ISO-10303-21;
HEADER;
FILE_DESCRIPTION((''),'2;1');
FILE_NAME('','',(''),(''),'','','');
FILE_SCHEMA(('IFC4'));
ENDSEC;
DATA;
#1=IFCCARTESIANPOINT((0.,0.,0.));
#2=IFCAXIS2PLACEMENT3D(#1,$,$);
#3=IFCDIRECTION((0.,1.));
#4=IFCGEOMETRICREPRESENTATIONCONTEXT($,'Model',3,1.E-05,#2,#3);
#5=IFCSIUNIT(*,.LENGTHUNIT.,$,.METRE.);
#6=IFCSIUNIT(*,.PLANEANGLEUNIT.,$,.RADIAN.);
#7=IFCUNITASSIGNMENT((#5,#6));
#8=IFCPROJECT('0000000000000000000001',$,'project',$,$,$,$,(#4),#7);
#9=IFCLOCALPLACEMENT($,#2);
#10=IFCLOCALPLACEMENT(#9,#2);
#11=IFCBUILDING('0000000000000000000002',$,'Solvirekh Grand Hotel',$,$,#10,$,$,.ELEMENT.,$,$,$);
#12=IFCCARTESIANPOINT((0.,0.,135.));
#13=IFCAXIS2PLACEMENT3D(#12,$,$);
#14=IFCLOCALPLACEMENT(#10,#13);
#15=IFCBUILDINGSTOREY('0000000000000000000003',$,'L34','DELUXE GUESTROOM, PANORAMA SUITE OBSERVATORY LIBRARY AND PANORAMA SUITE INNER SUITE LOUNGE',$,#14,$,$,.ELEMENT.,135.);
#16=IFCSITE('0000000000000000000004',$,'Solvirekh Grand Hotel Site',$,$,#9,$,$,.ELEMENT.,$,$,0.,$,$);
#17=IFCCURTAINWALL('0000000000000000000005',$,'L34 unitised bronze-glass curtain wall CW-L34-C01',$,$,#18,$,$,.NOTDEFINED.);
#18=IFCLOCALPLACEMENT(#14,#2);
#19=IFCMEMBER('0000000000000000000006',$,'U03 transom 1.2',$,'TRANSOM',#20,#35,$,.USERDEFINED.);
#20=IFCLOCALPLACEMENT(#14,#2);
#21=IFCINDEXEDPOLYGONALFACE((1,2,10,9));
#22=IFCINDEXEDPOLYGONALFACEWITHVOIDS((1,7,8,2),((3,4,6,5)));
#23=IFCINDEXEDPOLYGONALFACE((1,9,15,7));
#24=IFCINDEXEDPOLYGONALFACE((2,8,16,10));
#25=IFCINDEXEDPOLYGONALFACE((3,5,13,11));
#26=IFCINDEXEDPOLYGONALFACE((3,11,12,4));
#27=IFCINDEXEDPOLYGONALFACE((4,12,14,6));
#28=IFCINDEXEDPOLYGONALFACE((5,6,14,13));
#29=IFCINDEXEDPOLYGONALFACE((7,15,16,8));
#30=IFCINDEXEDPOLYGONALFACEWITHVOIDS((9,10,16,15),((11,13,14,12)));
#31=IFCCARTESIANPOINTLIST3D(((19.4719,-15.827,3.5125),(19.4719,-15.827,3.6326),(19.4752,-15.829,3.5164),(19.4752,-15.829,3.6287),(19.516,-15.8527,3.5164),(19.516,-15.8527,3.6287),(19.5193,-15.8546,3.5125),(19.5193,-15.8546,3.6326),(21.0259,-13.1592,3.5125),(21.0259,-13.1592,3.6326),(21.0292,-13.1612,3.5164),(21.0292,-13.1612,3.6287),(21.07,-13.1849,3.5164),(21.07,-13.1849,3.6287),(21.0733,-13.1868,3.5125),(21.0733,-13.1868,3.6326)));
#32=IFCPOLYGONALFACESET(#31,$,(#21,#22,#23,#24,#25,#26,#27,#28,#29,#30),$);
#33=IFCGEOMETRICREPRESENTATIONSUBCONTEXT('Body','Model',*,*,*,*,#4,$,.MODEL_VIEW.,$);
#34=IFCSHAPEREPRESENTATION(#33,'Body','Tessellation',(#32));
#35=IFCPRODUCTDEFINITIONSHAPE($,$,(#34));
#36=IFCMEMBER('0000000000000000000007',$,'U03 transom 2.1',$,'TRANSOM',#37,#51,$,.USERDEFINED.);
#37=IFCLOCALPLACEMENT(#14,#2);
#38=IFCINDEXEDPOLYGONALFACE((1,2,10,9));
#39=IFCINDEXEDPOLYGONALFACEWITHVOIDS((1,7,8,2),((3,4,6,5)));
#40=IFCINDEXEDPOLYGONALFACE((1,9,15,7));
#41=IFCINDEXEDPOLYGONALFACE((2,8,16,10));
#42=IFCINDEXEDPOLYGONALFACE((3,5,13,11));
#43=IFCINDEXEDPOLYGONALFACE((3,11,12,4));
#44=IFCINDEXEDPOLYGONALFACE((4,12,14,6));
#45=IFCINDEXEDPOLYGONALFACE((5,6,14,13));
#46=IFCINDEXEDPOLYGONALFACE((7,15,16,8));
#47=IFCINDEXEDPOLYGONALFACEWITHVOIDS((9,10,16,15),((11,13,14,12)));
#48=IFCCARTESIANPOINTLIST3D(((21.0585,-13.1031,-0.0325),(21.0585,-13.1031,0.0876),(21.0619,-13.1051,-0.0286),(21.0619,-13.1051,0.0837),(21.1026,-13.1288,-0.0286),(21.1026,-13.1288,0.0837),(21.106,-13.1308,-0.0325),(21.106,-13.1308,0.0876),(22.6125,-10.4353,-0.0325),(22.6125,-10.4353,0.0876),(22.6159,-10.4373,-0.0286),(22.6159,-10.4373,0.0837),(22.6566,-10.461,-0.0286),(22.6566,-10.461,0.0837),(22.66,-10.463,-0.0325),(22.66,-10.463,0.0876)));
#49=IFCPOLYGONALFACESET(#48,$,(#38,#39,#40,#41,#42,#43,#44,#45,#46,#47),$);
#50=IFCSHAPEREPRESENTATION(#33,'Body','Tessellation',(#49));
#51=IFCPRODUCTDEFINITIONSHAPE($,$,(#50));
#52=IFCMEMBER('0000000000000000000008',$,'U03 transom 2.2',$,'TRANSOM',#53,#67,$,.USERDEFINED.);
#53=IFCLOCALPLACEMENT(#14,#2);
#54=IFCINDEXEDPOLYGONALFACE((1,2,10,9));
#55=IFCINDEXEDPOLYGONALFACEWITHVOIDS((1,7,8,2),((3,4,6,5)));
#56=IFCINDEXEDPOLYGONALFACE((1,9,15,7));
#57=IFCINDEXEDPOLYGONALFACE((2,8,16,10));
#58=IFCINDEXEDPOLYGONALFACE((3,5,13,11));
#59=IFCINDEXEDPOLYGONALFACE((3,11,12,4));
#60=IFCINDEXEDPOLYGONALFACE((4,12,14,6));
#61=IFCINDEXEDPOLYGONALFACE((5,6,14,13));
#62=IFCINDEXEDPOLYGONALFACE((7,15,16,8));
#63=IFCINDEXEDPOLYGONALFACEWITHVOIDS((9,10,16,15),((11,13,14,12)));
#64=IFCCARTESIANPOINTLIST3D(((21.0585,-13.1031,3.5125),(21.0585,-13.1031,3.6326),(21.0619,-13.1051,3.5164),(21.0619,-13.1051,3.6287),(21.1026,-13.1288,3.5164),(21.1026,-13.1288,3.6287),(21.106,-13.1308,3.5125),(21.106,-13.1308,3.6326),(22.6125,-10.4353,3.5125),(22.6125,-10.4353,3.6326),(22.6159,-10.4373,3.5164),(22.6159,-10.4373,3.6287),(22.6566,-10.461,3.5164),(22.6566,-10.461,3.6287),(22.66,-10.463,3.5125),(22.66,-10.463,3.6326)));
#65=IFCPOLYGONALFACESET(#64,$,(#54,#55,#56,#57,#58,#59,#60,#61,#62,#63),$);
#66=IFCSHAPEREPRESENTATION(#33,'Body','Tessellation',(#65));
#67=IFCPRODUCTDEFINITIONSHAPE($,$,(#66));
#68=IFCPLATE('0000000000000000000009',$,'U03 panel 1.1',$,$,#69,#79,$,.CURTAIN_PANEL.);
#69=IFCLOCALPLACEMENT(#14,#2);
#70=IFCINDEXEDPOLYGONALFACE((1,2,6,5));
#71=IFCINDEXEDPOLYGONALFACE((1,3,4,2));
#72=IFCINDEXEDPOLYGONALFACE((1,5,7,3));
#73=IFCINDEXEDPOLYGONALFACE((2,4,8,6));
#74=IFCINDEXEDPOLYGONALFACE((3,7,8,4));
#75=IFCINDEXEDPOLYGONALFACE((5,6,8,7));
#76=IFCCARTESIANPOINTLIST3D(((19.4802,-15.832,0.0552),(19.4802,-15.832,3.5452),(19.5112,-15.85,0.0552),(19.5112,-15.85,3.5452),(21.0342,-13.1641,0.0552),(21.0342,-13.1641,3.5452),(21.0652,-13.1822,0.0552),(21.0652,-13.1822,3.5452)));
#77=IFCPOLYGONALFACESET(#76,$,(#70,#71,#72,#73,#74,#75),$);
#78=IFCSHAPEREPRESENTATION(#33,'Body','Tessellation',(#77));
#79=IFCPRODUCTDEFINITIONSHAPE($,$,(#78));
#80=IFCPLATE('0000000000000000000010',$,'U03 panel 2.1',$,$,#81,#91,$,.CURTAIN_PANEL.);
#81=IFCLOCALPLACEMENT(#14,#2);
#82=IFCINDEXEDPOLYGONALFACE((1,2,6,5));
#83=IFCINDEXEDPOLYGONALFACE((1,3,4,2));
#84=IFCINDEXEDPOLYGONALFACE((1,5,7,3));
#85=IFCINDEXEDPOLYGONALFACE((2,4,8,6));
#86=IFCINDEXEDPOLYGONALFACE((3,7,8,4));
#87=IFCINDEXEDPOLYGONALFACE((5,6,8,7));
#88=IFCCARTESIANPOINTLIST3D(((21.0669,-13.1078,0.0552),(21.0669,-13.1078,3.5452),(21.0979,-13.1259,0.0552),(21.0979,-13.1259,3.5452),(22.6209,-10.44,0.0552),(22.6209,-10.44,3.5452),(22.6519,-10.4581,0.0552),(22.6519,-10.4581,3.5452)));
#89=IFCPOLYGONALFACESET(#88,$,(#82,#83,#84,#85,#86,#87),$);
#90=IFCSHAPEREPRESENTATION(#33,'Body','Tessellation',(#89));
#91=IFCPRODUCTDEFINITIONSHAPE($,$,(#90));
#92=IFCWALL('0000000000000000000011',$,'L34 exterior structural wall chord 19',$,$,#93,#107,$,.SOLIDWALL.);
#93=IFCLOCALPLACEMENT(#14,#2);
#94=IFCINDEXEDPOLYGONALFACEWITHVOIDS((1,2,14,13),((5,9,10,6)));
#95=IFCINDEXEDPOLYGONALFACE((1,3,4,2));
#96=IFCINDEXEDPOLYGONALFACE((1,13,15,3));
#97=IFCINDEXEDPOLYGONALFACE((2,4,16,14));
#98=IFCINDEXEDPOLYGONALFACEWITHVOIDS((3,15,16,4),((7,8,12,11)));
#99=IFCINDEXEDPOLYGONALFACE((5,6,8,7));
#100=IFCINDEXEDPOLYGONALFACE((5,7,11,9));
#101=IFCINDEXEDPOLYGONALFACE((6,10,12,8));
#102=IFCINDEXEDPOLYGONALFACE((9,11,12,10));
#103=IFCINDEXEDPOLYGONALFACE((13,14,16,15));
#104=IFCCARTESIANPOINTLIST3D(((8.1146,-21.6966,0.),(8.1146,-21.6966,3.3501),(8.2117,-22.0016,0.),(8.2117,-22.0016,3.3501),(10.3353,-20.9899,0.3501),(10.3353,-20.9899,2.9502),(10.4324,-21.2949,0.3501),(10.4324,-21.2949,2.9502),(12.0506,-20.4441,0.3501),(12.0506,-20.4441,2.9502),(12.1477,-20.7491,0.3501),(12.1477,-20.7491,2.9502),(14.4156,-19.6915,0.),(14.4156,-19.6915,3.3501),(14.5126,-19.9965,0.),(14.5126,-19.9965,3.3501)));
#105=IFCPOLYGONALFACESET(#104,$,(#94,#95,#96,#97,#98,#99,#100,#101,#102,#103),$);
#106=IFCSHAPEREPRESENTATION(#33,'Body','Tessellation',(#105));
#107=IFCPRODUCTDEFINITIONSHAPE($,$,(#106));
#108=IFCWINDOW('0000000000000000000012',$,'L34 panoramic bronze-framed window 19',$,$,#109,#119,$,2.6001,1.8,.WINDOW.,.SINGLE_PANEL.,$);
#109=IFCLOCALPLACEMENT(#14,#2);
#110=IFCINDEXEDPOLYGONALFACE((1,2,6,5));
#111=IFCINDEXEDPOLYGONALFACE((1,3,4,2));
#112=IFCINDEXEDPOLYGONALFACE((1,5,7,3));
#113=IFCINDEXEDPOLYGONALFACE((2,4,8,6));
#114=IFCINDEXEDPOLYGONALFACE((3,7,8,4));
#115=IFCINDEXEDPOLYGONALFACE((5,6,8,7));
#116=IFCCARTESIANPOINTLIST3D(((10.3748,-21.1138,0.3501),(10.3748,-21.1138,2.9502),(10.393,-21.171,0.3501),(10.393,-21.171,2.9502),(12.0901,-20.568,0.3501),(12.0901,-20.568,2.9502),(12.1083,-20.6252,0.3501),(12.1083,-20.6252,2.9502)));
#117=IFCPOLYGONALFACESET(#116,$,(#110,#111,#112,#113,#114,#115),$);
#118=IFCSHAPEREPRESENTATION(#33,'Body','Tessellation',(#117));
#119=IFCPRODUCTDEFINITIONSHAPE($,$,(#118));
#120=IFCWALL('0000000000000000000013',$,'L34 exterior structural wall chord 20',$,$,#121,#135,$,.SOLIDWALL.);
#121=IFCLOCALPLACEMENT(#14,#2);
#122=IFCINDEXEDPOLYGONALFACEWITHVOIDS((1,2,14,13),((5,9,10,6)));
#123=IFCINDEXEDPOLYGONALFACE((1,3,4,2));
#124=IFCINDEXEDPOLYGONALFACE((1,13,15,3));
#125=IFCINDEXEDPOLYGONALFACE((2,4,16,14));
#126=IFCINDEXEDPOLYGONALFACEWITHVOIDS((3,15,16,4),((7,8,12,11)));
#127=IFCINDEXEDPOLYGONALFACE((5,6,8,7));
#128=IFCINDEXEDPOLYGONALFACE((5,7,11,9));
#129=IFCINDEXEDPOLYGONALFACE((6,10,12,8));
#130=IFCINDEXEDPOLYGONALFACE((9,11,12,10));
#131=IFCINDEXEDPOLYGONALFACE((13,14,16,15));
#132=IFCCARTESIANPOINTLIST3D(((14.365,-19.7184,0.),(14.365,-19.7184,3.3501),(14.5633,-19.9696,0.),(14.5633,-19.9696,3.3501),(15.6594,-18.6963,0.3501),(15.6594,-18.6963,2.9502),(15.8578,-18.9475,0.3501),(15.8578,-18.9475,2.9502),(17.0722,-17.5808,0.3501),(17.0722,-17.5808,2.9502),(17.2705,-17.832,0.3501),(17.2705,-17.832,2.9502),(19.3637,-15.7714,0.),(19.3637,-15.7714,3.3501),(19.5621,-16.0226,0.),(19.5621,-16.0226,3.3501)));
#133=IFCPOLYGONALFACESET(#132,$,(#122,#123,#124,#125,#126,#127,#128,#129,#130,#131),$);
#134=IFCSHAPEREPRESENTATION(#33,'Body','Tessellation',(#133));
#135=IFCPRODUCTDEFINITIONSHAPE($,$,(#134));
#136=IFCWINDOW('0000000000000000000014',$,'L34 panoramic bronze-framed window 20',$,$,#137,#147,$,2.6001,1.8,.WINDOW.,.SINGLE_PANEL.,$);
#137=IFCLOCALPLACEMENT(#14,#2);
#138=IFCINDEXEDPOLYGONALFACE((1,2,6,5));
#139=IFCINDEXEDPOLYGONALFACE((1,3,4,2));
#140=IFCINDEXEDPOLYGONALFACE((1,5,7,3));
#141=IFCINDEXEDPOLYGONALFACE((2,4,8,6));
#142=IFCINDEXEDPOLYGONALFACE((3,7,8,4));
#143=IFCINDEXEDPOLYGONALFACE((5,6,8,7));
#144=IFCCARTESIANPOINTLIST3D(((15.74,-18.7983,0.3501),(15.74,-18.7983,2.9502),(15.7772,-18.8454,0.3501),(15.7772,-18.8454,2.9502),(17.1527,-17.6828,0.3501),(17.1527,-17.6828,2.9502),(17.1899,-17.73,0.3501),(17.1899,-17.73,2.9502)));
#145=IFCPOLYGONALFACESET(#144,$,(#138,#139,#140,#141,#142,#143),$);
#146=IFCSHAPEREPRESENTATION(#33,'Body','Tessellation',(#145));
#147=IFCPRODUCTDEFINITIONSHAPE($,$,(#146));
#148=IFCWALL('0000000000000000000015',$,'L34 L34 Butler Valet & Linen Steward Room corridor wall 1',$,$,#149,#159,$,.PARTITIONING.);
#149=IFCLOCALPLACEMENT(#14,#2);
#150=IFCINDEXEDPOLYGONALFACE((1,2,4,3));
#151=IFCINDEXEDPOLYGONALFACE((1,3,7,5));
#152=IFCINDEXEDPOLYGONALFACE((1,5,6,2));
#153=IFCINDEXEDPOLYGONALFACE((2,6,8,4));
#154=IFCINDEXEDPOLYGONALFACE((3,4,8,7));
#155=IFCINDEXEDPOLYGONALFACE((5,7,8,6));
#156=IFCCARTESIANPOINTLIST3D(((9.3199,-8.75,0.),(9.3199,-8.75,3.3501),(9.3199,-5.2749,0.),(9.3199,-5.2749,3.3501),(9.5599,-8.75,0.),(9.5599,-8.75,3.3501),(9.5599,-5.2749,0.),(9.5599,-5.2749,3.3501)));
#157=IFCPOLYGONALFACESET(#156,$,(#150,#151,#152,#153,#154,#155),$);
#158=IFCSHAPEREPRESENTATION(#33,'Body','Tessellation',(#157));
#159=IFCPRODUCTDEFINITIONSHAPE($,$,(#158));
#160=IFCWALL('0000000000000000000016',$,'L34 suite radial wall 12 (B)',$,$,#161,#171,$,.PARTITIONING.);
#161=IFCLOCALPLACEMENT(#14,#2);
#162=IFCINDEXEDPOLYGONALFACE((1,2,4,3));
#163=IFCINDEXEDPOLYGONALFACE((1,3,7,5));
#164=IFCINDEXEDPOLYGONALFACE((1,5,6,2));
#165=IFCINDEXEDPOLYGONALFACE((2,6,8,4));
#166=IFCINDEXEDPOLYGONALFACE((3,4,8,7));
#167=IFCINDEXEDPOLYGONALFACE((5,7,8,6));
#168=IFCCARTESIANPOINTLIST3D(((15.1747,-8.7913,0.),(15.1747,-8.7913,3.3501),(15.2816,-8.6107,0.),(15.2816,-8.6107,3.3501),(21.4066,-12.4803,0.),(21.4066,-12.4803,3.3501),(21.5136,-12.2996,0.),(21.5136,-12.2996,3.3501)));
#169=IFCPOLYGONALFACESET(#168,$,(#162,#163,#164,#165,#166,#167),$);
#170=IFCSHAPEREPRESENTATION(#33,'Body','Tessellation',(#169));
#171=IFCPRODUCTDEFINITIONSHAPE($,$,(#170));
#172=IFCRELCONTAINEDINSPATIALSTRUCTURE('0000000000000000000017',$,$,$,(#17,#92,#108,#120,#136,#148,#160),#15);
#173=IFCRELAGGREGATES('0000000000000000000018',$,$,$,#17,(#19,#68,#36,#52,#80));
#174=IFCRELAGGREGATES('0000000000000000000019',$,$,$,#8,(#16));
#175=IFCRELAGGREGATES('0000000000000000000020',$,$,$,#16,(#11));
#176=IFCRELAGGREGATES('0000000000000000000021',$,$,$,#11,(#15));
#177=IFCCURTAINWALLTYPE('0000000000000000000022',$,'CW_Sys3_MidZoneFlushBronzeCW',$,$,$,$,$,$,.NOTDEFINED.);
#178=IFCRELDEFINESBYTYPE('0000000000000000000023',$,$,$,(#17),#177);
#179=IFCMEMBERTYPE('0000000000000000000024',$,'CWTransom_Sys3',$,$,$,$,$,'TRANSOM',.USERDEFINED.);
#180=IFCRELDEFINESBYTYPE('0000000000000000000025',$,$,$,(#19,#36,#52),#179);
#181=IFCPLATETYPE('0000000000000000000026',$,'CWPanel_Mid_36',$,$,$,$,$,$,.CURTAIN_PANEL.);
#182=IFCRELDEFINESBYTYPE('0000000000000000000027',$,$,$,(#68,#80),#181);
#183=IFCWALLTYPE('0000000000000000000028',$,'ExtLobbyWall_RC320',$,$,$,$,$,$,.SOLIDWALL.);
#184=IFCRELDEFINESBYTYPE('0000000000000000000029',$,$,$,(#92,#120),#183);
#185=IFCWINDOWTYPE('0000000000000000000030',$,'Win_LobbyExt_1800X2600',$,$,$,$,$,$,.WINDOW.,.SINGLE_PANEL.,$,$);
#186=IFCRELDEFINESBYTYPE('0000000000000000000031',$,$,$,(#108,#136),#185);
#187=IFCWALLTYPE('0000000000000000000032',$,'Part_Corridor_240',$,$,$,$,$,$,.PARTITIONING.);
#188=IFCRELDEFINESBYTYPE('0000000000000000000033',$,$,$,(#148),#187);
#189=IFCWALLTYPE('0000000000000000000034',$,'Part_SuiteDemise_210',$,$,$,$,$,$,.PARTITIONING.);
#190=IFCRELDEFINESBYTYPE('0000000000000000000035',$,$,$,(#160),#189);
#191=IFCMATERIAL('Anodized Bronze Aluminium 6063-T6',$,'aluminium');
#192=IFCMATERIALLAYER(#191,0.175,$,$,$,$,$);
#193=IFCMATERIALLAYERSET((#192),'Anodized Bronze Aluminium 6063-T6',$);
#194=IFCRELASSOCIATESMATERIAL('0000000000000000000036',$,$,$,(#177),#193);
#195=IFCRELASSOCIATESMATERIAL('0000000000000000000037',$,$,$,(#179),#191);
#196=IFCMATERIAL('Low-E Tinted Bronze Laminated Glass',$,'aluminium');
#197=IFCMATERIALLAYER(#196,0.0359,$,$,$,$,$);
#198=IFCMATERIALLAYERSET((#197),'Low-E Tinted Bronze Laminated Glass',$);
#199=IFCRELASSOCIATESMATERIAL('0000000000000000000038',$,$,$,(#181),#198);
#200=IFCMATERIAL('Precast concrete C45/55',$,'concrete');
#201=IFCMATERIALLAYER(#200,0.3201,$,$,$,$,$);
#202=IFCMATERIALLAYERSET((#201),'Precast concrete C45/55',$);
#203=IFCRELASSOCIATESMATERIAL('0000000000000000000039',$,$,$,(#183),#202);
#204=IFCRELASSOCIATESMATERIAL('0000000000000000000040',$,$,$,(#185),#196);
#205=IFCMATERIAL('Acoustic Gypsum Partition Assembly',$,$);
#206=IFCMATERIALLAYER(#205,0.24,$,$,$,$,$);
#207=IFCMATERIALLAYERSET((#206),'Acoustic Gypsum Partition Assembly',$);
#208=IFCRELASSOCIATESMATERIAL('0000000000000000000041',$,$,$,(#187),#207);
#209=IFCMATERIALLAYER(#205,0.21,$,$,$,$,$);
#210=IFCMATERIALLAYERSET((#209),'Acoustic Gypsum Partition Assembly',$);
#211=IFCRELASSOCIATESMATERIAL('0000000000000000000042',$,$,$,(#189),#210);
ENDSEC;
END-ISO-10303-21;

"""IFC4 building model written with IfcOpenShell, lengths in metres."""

from ifc_helpers import new_model, si_unit, direction, frame, frame_2d, origin, origin_2d, place, context, subcontext, project, spatial, rectangle, hollow_rectangle, extrude, source, transform, mapped, material, layer, layer_set, material_profile, profile_set, type_object, element, fill, aggregate, save


model = new_model("IFC4")

# Units and contexts
model_context = context("Model", 3, precision=1e-05, world=origin(), true_north=direction((0.0, 1.0)))
body_context = subcontext(model_context, "Body", "Model", "MODEL_VIEW")
ifc_project = project(units=[si_unit("LENGTHUNIT", "METRE"), si_unit("PLANEANGLEUNIT", "RADIAN")], contexts=[model_context])

# Site, building, storey
site_placement = place(None, origin())
site = spatial("IfcSite", under=ifc_project, at=site_placement, Name="Solvirekh Grand Hotel Site", CompositionType="ELEMENT", RefElevation=0.0)
building_placement = place(site_placement, origin())
building = spatial("IfcBuilding", under=site, at=building_placement, Name="Solvirekh Grand Hotel", CompositionType="ELEMENT")
storey_placement = place(building_placement, frame((0.0, 0.0, 135.0)))
storey = spatial("IfcBuildingStorey", under=building, at=storey_placement, Name="L34", Description="DELUXE GUESTROOM, PANORAMA SUITE OBSERVATORY LIBRARY AND PANORAMA SUITE INNER SUITE LOUNGE", CompositionType="ELEMENT", Elevation=135.0)

# Curtain wall
ifc_material_1 = material(Name="Anodized Bronze Aluminium 6063-T6", Category="aluminium")
ifc_layer_1 = layer(ifc_material_1, 0.175)
ifc_layer_set_1 = layer_set([ifc_layer_1], Name="Anodized Bronze Aluminium 6063-T6")
curtain_wall_type = type_object("IfcCurtainWallType", Name="CW_Sys3_MidZoneFlushBronzeCW", PredefinedType="NOTDEFINED", material=ifc_layer_set_1)
curtain_wall_1_placement = place(storey_placement, origin())
curtain_wall_1 = element("IfcCurtainWall", 1, at=curtain_wall_1_placement, inside=storey, type_object=curtain_wall_type, Name="L34 unitised bronze-glass curtain wall CW-L34-C01", PredefinedType="NOTDEFINED")

# Members
ifc_material_profile_1 = material_profile(ifc_material_1, hollow_rectangle(XDim=0.0549, YDim=0.1201, WallThickness=0.0039, at=origin_2d()), Name="ALU RHS 120X55X4")
ifc_profile_set_1 = profile_set([ifc_material_profile_1], Name="Anodized Bronze Aluminium 6063-T6")
member_type_1 = type_object("IfcMemberType", Name="CWTransom_Sys3", ElementType="TRANSOM", PredefinedType="USERDEFINED", material=ifc_profile_set_1)
shared_shape_1 = source(origin(), body_context, "Body", "SweptSolid", [
    extrude(hollow_rectangle(XDim=0.0549, YDim=0.1201, WallThickness=0.0039, at=origin_2d()), origin(), (0.0, 0.0, 1.0), 3.0874),
])
member_1_placement = place(storey_placement, frame((19.4956, -15.8408, 3.5725), z_axis=(0.503335, 0.864091, 0.0), x_axis=(-0.864091, 0.503335, 0.0)))
member_1 = element("IfcMember", 2, at=member_1_placement, type_object=member_type_1, Name="U03 transom 1.2", ObjectType="TRANSOM", PredefinedType="USERDEFINED", context=body_context, shape_type="MappedRepresentation", body=[
    mapped(shared_shape_1, transform((0.0, 0.0, 0.0), x_axis=(1.0, 0.0, 0.0), y_axis=(0.0, 1.0, 0.0), z_axis=(0.0, 0.0, 1.0), scale=1.0)),
])
member_2_placement = place(storey_placement, frame((21.0823, -13.1169, 0.0276), z_axis=(0.503335, 0.864091, 0.0), x_axis=(-0.864091, 0.503335, 0.0)))
member_2 = element("IfcMember", 3, at=member_2_placement, type_object=member_type_1, Name="U03 transom 2.1", ObjectType="TRANSOM", PredefinedType="USERDEFINED", context=body_context, shape_type="MappedRepresentation", body=[
    mapped(shared_shape_1, transform((0.0, 0.0, 0.0), x_axis=(1.0, 0.0, 0.0), y_axis=(0.0, 1.0, 0.0), z_axis=(0.0, 0.0, 1.0), scale=1.0)),
])
member_3_placement = place(storey_placement, frame((21.0823, -13.1169, 3.5725), z_axis=(0.503335, 0.864091, 0.0), x_axis=(-0.864091, 0.503335, 0.0)))
member_3 = element("IfcMember", 4, at=member_3_placement, type_object=member_type_1, Name="U03 transom 2.2", ObjectType="TRANSOM", PredefinedType="USERDEFINED", context=body_context, shape_type="MappedRepresentation", body=[
    mapped(shared_shape_1, transform((0.0, 0.0, 0.0), x_axis=(1.0, 0.0, 0.0), y_axis=(0.0, 1.0, 0.0), z_axis=(0.0, 0.0, 1.0), scale=1.0)),
])

# Plates
ifc_material_2 = material(Name="Low-E Tinted Bronze Laminated Glass", Category="aluminium")
ifc_layer_2 = layer(ifc_material_2, 0.0359)
ifc_layer_set_2 = layer_set([ifc_layer_2], Name="Low-E Tinted Bronze Laminated Glass")
plate_type = type_object("IfcPlateType", Name="CWPanel_Mid_36", PredefinedType="CURTAIN_PANEL", material=ifc_layer_set_2)
shared_shape_2 = source(origin(), body_context, "Body", "SweptSolid", [
    extrude(rectangle(XDim=3.0874, YDim=0.0359, at=origin_2d()), origin(), (0.0, 0.0, 1.0), 3.49),
])
plate_1_placement = place(storey_placement, frame((20.2727, -14.5071, 0.0552), z_axis=(0.0, 0.0, 1.0), x_axis=(0.503324, 0.864098, 0.0)))
plate_1 = element("IfcPlate", 5, at=plate_1_placement, type_object=plate_type, Name="U03 panel 1.1", PredefinedType="CURTAIN_PANEL", context=body_context, shape_type="MappedRepresentation", body=[
    mapped(shared_shape_2, transform((0.0, 0.0, 0.0), x_axis=(1.0, 0.0, 0.0), y_axis=(0.0, 1.0, 0.0), z_axis=(0.0, 0.0, 1.0), scale=1.0)),
])
plate_2_placement = place(storey_placement, frame((21.8594, -11.783, 0.0552), z_axis=(0.0, 0.0, 1.0), x_axis=(0.503324, 0.864098, 0.0)))
plate_2 = element("IfcPlate", 6, at=plate_2_placement, type_object=plate_type, Name="U03 panel 2.1", PredefinedType="CURTAIN_PANEL", context=body_context, shape_type="MappedRepresentation", body=[
    mapped(shared_shape_2, transform((0.0, 0.0, 0.0), x_axis=(1.0, 0.0, 0.0), y_axis=(0.0, 1.0, 0.0), z_axis=(0.0, 0.0, 1.0), scale=1.0)),
])
aggregate(curtain_wall_1, [member_1, plate_1, member_2, member_3, plate_2])

# Walls, openings, windows
ifc_material_3 = material(Name="Precast concrete C45/55", Category="concrete")
ifc_layer_3 = layer(ifc_material_3, 0.3201)
ifc_layer_set_3 = layer_set([ifc_layer_3], Name="Precast concrete C45/55")
wall_type_1 = type_object("IfcWallType", Name="ExtLobbyWall_RC320", PredefinedType="SOLIDWALL", material=ifc_layer_set_3)
wall_1_placement = place(storey_placement, frame((14.4641, -19.844, 0.0), z_axis=(0.0, 0.0, 1.0), x_axis=(-0.952915, -0.303239, 0.0)))
wall_1 = element("IfcWall", 7, at=wall_1_placement, inside=storey, type_object=wall_type_1, Name="L34 exterior structural wall chord 19", PredefinedType="SOLIDWALL", context=body_context, shape_type="SweptSolid", body=[
    extrude(rectangle(XDim=6.6123, YDim=0.3201, at=frame_2d((3.3062, 0.0))), origin(), (0.0, 0.0, 1.0), 3.3501),
])
opening_1_placement = place(wall_1_placement, frame((2.4819, 0.0, 0.3501)))
opening_1 = element("IfcOpeningElement", 8, at=opening_1_placement, cuts=wall_1, PredefinedType="OPENING", context=body_context, shape_type="SweptSolid", body=[
    extrude(rectangle(XDim=1.8, YDim=2.6001, at=frame_2d((0.8999, 1.3))), frame((0.0, 0.1699, 0.0), z_axis=(0.0, -1.0, 0.0), x_axis=(1.0, 0.0, 0.0)), (0.0, 0.0, 1.0), 0.3401),
])
window_type = type_object("IfcWindowType", Name="Win_LobbyExt_1800X2600", PartitioningType="SINGLE_PANEL", PredefinedType="WINDOW", material=ifc_material_2)
window_1_placement = place(opening_1_placement, origin())
window_1 = element("IfcWindow", 9, at=window_1_placement, inside=storey, type_object=window_type, Name="L34 panoramic bronze-framed window 19", OverallHeight=2.6001, OverallWidth=1.8, PartitioningType="SINGLE_PANEL", PredefinedType="WINDOW", context=body_context, shape_type="SweptSolid", body=[
    extrude(rectangle(XDim=1.8, YDim=2.6001, at=frame_2d((0.8999, 1.3))), frame((0.0, 0.03, 0.0), z_axis=(0.0, -1.0, 0.0), x_axis=(1.0, 0.0, 0.0)), (0.0, 0.0, 1.0), 0.0601),
])
fill(opening_1, window_1)
wall_2_placement = place(storey_placement, frame((19.4629, -15.897, 0.0), z_axis=(0.0, 0.0, 1.0), x_axis=(-0.784836, -0.619704, 0.0)))
wall_2 = element("IfcWall", 10, at=wall_2_placement, inside=storey, type_object=wall_type_1, Name="L34 exterior structural wall chord 20", PredefinedType="SOLIDWALL", context=body_context, shape_type="SweptSolid", body=[
    extrude(rectangle(XDim=6.3691, YDim=0.3201, at=frame_2d((3.1846, 0.0))), origin(), (0.0, 0.0, 1.0), 3.3501),
])
opening_2_placement = place(wall_2_placement, frame((2.9199, 0.0, 0.3501)))
opening_2 = element("IfcOpeningElement", 11, at=opening_2_placement, cuts=wall_2, PredefinedType="OPENING", context=body_context, shape_type="SweptSolid", body=[
    extrude(rectangle(XDim=1.8, YDim=2.6001, at=frame_2d((0.8999, 1.3))), frame((0.0, 0.1699, 0.0), z_axis=(0.0, -1.0, 0.0), x_axis=(1.0, 0.0, 0.0)), (0.0, 0.0, 1.0), 0.3401),
])
window_2_placement = place(opening_2_placement, origin())
window_2 = element("IfcWindow", 12, at=window_2_placement, inside=storey, type_object=window_type, Name="L34 panoramic bronze-framed window 20", OverallHeight=2.6001, OverallWidth=1.8, PartitioningType="SINGLE_PANEL", PredefinedType="WINDOW", context=body_context, shape_type="SweptSolid", body=[
    extrude(rectangle(XDim=1.8, YDim=2.6001, at=frame_2d((0.8999, 1.3))), frame((0.0, 0.03, 0.0), z_axis=(0.0, -1.0, 0.0), x_axis=(1.0, 0.0, 0.0)), (0.0, 0.0, 1.0), 0.0601),
])
fill(opening_2, window_2)

# Walls
ifc_material_4 = material(Name="Acoustic Gypsum Partition Assembly")
ifc_layer_4 = layer(ifc_material_4, 0.24)
ifc_layer_set_4 = layer_set([ifc_layer_4], Name="Acoustic Gypsum Partition Assembly")
wall_type_2 = type_object("IfcWallType", Name="Part_Corridor_240", PredefinedType="PARTITIONING", material=ifc_layer_set_4)
wall_3_placement = place(storey_placement, frame((9.4399, -8.75, 0.0), z_axis=(0.0, 0.0, 1.0), x_axis=(0.0, 1.0, 0.0)))
element("IfcWall", 13, at=wall_3_placement, inside=storey, type_object=wall_type_2, Name="L34 L34 Butler Valet & Linen Steward Room corridor wall 1", PredefinedType="PARTITIONING", context=body_context, shape_type="SweptSolid", body=[
    extrude(rectangle(XDim=3.4751, YDim=0.24, at=frame_2d((1.7375, 0.0))), origin(), (0.0, 0.0, 1.0), 3.3501),
])
ifc_layer_5 = layer(ifc_material_4, 0.21)
ifc_layer_set_5 = layer_set([ifc_layer_5], Name="Acoustic Gypsum Partition Assembly")
wall_type_3 = type_object("IfcWallType", Name="Part_SuiteDemise_210", PredefinedType="PARTITIONING", material=ifc_layer_set_5)
wall_4_placement = place(storey_placement, frame((15.228, -8.7009, 0.0), z_axis=(0.0, 0.0, 1.0), x_axis=(0.860536, -0.50939, 0.0)))
element("IfcWall", 14, at=wall_4_placement, inside=storey, type_object=wall_type_3, Name="L34 suite radial wall 12 (B)", PredefinedType="PARTITIONING", context=body_context, shape_type="SweptSolid", body=[
    extrude(rectangle(XDim=7.2419, YDim=0.21, at=frame_2d((3.6211, 0.0))), origin(), (0.0, 0.0, 1.0), 3.3501),
])

save(model, "model.ifc")
